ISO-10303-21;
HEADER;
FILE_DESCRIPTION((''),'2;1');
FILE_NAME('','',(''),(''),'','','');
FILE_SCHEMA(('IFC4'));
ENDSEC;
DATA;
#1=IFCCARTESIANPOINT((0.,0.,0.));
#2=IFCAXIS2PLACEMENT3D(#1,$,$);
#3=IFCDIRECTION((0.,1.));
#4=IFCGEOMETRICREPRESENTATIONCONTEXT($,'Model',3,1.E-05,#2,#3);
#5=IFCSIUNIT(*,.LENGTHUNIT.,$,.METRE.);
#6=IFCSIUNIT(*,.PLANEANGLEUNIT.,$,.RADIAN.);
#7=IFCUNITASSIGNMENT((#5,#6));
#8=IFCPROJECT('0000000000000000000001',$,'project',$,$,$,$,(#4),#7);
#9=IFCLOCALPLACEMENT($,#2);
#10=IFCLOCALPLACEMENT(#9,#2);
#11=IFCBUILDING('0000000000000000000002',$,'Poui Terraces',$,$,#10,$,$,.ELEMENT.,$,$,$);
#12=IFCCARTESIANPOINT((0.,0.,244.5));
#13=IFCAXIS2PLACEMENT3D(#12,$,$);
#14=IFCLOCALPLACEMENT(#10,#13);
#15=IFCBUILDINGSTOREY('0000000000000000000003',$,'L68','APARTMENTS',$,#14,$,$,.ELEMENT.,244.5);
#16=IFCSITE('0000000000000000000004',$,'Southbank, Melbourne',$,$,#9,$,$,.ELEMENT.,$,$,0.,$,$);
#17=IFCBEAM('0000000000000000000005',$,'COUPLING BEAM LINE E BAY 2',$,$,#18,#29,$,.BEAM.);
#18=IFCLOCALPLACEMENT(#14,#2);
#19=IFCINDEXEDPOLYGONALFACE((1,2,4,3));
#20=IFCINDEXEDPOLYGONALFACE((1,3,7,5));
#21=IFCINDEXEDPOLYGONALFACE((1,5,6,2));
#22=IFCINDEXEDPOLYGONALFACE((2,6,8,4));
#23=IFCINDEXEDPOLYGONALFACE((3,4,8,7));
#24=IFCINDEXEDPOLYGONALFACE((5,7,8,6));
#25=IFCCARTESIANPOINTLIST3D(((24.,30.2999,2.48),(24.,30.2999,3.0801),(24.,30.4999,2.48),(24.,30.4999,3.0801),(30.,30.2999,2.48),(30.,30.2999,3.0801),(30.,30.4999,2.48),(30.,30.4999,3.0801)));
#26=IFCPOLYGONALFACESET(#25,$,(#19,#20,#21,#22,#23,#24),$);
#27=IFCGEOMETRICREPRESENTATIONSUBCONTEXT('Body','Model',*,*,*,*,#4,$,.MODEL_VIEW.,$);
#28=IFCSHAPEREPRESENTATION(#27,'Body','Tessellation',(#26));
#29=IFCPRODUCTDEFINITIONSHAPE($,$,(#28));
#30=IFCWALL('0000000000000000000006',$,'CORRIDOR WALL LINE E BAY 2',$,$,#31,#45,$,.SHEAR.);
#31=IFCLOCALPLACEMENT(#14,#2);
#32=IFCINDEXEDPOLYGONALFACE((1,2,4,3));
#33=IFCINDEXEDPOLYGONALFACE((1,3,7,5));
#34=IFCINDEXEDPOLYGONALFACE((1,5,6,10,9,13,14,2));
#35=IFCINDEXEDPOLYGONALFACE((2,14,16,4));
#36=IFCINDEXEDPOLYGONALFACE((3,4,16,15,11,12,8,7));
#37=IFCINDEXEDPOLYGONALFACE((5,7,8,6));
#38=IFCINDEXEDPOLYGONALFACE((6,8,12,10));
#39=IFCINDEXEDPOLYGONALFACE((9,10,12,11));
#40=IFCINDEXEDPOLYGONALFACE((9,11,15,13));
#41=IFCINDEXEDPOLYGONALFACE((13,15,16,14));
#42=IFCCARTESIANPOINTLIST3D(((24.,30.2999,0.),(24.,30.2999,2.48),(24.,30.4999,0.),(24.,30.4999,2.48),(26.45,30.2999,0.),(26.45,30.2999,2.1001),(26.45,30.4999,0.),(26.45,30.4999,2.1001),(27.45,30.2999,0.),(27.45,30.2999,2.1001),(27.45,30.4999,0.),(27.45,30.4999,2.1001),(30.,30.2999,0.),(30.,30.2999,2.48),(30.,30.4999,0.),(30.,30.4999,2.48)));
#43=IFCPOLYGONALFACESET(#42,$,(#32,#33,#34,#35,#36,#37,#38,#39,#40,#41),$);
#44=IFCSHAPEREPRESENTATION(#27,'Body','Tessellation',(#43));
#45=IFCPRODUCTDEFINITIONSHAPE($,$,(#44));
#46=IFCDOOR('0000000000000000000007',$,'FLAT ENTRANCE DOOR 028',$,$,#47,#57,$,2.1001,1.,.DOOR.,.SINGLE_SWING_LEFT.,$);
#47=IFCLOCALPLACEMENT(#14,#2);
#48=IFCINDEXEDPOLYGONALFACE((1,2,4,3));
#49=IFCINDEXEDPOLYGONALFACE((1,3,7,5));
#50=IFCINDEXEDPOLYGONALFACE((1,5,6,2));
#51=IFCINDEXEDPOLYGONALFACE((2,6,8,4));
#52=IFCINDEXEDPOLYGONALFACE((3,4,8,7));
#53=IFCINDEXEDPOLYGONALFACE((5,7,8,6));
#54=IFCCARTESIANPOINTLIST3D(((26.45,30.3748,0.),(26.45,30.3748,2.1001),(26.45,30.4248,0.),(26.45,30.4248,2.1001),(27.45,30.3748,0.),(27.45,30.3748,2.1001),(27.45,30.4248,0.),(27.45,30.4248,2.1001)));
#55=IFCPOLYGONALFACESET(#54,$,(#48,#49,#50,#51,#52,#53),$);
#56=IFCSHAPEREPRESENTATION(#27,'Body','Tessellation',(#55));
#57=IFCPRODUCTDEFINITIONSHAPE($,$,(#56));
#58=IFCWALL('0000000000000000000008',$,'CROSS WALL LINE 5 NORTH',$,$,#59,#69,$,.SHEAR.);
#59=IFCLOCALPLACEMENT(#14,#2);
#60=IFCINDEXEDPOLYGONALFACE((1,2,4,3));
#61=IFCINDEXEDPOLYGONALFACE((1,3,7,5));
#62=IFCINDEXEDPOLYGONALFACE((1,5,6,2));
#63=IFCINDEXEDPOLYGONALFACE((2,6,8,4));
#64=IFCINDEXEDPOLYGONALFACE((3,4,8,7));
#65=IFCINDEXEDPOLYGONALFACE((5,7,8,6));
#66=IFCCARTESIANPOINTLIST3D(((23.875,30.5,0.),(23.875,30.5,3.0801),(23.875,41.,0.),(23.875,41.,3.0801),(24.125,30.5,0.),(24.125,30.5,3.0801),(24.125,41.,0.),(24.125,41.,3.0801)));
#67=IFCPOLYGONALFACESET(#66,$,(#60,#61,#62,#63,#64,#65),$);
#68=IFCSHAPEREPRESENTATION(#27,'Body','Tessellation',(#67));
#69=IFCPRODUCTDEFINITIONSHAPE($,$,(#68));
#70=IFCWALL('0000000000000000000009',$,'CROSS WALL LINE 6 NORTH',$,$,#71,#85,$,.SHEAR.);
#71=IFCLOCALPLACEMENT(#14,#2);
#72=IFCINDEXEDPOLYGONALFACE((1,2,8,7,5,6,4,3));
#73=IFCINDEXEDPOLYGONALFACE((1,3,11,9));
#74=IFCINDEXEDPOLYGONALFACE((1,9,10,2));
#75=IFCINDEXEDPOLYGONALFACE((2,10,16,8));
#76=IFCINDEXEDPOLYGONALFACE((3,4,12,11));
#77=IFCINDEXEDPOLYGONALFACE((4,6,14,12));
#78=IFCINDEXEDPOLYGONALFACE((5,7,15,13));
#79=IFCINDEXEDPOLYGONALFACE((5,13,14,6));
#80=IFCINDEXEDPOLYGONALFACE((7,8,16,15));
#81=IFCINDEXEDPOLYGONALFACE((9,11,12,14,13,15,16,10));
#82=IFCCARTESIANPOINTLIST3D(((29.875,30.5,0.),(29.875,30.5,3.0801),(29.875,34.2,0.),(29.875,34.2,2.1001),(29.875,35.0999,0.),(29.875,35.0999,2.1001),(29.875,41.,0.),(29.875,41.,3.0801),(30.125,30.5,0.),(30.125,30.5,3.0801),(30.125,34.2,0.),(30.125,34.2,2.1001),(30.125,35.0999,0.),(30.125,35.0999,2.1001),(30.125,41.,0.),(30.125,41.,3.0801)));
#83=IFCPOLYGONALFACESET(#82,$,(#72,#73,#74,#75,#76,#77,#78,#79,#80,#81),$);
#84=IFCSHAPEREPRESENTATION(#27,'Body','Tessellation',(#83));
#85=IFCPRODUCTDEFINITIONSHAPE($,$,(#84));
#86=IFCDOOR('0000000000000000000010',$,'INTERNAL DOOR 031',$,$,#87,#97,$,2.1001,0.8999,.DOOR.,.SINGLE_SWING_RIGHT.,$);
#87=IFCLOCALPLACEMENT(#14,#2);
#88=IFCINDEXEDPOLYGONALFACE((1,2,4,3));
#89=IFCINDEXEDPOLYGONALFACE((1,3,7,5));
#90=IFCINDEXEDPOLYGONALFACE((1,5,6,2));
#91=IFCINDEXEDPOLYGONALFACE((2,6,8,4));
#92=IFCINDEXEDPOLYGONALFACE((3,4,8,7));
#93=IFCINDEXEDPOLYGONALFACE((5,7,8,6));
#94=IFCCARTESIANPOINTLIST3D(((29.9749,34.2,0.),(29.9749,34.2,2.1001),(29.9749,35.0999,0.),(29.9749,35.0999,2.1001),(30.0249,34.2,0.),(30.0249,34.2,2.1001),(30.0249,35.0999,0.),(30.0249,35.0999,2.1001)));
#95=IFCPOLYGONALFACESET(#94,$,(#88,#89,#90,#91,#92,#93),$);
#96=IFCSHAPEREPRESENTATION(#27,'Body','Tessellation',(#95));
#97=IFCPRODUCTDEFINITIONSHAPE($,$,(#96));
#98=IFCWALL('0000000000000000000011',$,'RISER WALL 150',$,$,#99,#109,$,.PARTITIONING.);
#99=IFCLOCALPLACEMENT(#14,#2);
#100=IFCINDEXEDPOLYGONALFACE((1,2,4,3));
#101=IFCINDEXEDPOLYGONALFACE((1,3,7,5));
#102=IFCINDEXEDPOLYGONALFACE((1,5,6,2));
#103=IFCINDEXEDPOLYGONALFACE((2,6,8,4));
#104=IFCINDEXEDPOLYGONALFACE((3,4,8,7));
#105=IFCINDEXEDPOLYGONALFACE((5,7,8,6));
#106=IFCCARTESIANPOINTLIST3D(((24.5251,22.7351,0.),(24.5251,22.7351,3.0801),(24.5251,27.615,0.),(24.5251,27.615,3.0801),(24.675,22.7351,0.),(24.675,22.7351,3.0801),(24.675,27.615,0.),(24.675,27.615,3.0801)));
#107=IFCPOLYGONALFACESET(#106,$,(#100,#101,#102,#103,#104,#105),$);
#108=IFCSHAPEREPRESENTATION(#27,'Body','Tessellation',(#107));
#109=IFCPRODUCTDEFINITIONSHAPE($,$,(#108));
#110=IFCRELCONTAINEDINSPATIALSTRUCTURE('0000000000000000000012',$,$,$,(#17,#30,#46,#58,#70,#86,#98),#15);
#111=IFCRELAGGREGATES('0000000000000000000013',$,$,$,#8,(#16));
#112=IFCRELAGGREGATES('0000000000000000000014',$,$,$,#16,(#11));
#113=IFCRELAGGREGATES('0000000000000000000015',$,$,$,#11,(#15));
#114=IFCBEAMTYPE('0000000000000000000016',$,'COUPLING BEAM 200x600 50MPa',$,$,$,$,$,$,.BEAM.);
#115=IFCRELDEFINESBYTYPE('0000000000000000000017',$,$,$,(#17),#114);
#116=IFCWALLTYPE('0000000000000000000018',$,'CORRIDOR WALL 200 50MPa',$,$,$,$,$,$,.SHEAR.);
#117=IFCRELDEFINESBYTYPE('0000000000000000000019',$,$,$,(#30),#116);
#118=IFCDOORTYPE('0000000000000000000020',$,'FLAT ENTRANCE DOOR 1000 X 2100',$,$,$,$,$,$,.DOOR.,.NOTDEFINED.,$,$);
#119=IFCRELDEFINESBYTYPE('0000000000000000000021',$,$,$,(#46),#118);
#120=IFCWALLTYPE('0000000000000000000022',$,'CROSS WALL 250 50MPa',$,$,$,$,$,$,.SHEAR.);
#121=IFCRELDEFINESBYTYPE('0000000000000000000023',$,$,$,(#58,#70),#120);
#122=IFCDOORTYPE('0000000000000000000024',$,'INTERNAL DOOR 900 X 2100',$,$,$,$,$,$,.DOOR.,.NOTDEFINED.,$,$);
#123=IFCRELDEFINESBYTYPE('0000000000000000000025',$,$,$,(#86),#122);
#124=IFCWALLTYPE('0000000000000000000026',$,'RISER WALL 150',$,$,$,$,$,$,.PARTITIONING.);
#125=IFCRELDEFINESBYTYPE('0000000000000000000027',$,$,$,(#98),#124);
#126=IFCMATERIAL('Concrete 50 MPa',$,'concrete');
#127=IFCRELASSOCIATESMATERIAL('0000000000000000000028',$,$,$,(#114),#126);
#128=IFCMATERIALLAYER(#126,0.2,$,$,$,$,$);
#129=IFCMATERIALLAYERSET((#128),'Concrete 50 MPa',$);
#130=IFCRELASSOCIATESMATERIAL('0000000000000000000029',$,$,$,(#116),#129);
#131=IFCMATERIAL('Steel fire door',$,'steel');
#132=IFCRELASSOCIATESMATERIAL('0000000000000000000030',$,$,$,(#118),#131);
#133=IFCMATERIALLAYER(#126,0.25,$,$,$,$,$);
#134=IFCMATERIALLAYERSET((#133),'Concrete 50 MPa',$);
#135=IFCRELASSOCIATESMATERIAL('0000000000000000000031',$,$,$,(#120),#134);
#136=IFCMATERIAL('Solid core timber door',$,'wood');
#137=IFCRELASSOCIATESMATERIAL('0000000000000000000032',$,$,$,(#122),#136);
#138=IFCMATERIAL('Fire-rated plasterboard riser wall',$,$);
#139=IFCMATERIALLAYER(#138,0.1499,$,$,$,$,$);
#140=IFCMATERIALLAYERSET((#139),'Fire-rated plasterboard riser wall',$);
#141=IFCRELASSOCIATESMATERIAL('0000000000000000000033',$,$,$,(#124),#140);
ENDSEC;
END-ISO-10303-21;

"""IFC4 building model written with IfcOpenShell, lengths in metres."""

from ifc_helpers import new_model, si_unit, direction, frame, frame_2d, origin, origin_2d, place, context, subcontext, project, spatial, rectangle, extrude, source, transform, mapped, material, layer, layer_set, material_profile, profile_set, type_object, element, fill, save


model = new_model("IFC4")

# Units and contexts
model_context = context("Model", 3, precision=1e-05, world=origin(), true_north=direction((0.0, 1.0)))
body_context = subcontext(model_context, "Body", "Model", "MODEL_VIEW")
ifc_project = project(units=[si_unit("LENGTHUNIT", "METRE"), si_unit("PLANEANGLEUNIT", "RADIAN")], contexts=[model_context])

# Site, building, storey
site_placement = place(None, origin())
site = spatial("IfcSite", under=ifc_project, at=site_placement, Name="Southbank, Melbourne", CompositionType="ELEMENT", RefElevation=0.0)
building_placement = place(site_placement, origin())
building = spatial("IfcBuilding", under=site, at=building_placement, Name="Poui Terraces", CompositionType="ELEMENT")
storey_placement = place(building_placement, frame((0.0, 0.0, 244.5)))
storey = spatial("IfcBuildingStorey", under=building, at=storey_placement, Name="L68", Description="APARTMENTS", CompositionType="ELEMENT", Elevation=244.5)

# Beam
ifc_material_1 = material(Name="Concrete 50 MPa", Category="concrete")
ifc_material_profile = material_profile(ifc_material_1, rectangle(XDim=0.2, YDim=0.6001, at=origin_2d()), Name="RC 200x600")
ifc_profile_set = profile_set([ifc_material_profile], Name="Concrete 50 MPa")
beam_type = type_object("IfcBeamType", Name="COUPLING BEAM 200x600 50MPa", PredefinedType="BEAM", material=ifc_profile_set)
shared_shape = source(origin(), body_context, "Body", "SweptSolid", [
    extrude(rectangle(XDim=0.2, YDim=0.6001, at=origin_2d()), origin(), (0.0, 0.0, 1.0), 6.0),
])
beam_placement = place(storey_placement, frame((24.0, 30.3999, 2.78), z_axis=(1.0, 0.0, 0.0), x_axis=(0.0, 1.0, 0.0)))
element("IfcBeam", 1, at=beam_placement, inside=storey, type_object=beam_type, Name="COUPLING BEAM LINE E BAY 2", PredefinedType="BEAM", context=body_context, shape_type="MappedRepresentation", body=[
    mapped(shared_shape, transform((0.0, 0.0, 0.0))),
])

# Wall, opening, door
ifc_layer_1 = layer(ifc_material_1, 0.2)
ifc_layer_set_1 = layer_set([ifc_layer_1], Name="Concrete 50 MPa")
wall_type_1 = type_object("IfcWallType", Name="CORRIDOR WALL 200 50MPa", PredefinedType="SHEAR", material=ifc_layer_set_1)
wall_1_placement = place(storey_placement, frame((24.0, 30.3999, 0.0), z_axis=(0.0, 0.0, 1.0), x_axis=(1.0, 0.0, 0.0)))
wall_1 = element("IfcWall", 2, at=wall_1_placement, inside=storey, type_object=wall_type_1, Name="CORRIDOR WALL LINE E BAY 2", PredefinedType="SHEAR", context=body_context, shape_type="SweptSolid", body=[
    extrude(rectangle(XDim=6.0, YDim=0.2, at=frame_2d((3.0, 0.0))), origin(), (0.0, 0.0, 1.0), 2.48),
])
opening_1_placement = place(wall_1_placement, frame((2.45, 0.0, 0.0)))
opening_1 = element("IfcOpeningElement", 3, at=opening_1_placement, cuts=wall_1, PredefinedType="OPENING", context=body_context, shape_type="SweptSolid", body=[
    extrude(rectangle(XDim=1.0, YDim=2.1001, at=frame_2d((0.5, 1.05))), frame((0.0, 0.1099, 0.0), z_axis=(0.0, -1.0, 0.0), x_axis=(1.0, 0.0, 0.0)), (0.0, 0.0, 1.0), 0.22),
])
ifc_material_2 = material(Name="Steel fire door", Category="steel")
door_type_1 = type_object("IfcDoorType", Name="FLAT ENTRANCE DOOR 1000 X 2100", OperationType="NOTDEFINED", PredefinedType="DOOR", material=ifc_material_2)
door_1_placement = place(opening_1_placement, origin())
door_1 = element("IfcDoor", 4, at=door_1_placement, inside=storey, type_object=door_type_1, Name="FLAT ENTRANCE DOOR 028", OperationType="SINGLE_SWING_LEFT", OverallHeight=2.1001, OverallWidth=1.0, PredefinedType="DOOR", context=body_context, shape_type="SweptSolid", body=[
    extrude(rectangle(XDim=1.0, YDim=2.1001, at=frame_2d((0.5, 1.05))), frame((0.0, 0.0249, 0.0), z_axis=(0.0, -1.0, 0.0), x_axis=(1.0, 0.0, 0.0)), (0.0, 0.0, 1.0), 0.05),
])
fill(opening_1, door_1)

# Wall
ifc_layer_2 = layer(ifc_material_1, 0.25)
ifc_layer_set_2 = layer_set([ifc_layer_2], Name="Concrete 50 MPa")
wall_type_2 = type_object("IfcWallType", Name="CROSS WALL 250 50MPa", PredefinedType="SHEAR", material=ifc_layer_set_2)
wall_2_placement = place(storey_placement, frame((24.0, 30.5, 0.0), z_axis=(0.0, 0.0, 1.0), x_axis=(0.0, 1.0, 0.0)))
element("IfcWall", 5, at=wall_2_placement, inside=storey, type_object=wall_type_2, Name="CROSS WALL LINE 5 NORTH", PredefinedType="SHEAR", context=body_context, shape_type="SweptSolid", body=[
    extrude(rectangle(XDim=10.5, YDim=0.25, at=frame_2d((5.25, 0.0))), origin(), (0.0, 0.0, 1.0), 3.0801),
])

# Wall, opening, door
wall_3_placement = place(storey_placement, frame((30.0, 30.5, 0.0), z_axis=(0.0, 0.0, 1.0), x_axis=(0.0, 1.0, 0.0)))
wall_3 = element("IfcWall", 6, at=wall_3_placement, inside=storey, type_object=wall_type_2, Name="CROSS WALL LINE 6 NORTH", PredefinedType="SHEAR", context=body_context, shape_type="SweptSolid", body=[
    extrude(rectangle(XDim=10.5, YDim=0.25, at=frame_2d((5.25, 0.0))), origin(), (0.0, 0.0, 1.0), 3.0801),
])
opening_2_placement = place(wall_3_placement, frame((3.7, 0.0, 0.0)))
opening_2 = element("IfcOpeningElement", 7, at=opening_2_placement, cuts=wall_3, PredefinedType="OPENING", context=body_context, shape_type="SweptSolid", body=[
    extrude(rectangle(XDim=0.8999, YDim=2.1001, at=frame_2d((0.45, 1.05))), frame((0.0, 0.135, 0.0), z_axis=(0.0, -1.0, 0.0), x_axis=(1.0, 0.0, 0.0)), (0.0, 0.0, 1.0), 0.27),
])
ifc_material_3 = material(Name="Solid core timber door", Category="wood")
door_type_2 = type_object("IfcDoorType", Name="INTERNAL DOOR 900 X 2100", OperationType="NOTDEFINED", PredefinedType="DOOR", material=ifc_material_3)
door_2_placement = place(opening_2_placement, frame((0.8999, 0.0, 0.0), z_axis=(0.0, 0.0, 1.0), x_axis=(-1.0, 0.0, 0.0)))
door_2 = element("IfcDoor", 8, at=door_2_placement, inside=storey, type_object=door_type_2, Name="INTERNAL DOOR 031", OperationType="SINGLE_SWING_RIGHT", OverallHeight=2.1001, OverallWidth=0.8999, PredefinedType="DOOR", context=body_context, shape_type="SweptSolid", body=[
    extrude(rectangle(XDim=0.8999, YDim=2.1001, at=frame_2d((0.45, 1.05))), frame((0.0, 0.0249, 0.0), z_axis=(0.0, -1.0, 0.0), x_axis=(1.0, 0.0, 0.0)), (0.0, 0.0, 1.0), 0.05),
])
fill(opening_2, door_2)

# Wall
ifc_material_4 = material(Name="Fire-rated plasterboard riser wall")
ifc_layer_3 = layer(ifc_material_4, 0.1499)
ifc_layer_set_3 = layer_set([ifc_layer_3], Name="Fire-rated plasterboard riser wall")
wall_type_3 = type_object("IfcWallType", Name="RISER WALL 150", PredefinedType="PARTITIONING", material=ifc_layer_set_3)
wall_4_placement = place(storey_placement, frame((24.6001, 22.7351, 0.0), z_axis=(0.0, 0.0, 1.0), x_axis=(0.0, 1.0, 0.0)))
element("IfcWall", 9, at=wall_4_placement, inside=storey, type_object=wall_type_3, Name="RISER WALL 150", PredefinedType="PARTITIONING", context=body_context, shape_type="SweptSolid", body=[
    extrude(rectangle(XDim=4.8799, YDim=0.1499, at=frame_2d((2.4399, 0.0))), origin(), (0.0, 0.0, 1.0), 3.0801),
])

save(model, "model.ifc")
